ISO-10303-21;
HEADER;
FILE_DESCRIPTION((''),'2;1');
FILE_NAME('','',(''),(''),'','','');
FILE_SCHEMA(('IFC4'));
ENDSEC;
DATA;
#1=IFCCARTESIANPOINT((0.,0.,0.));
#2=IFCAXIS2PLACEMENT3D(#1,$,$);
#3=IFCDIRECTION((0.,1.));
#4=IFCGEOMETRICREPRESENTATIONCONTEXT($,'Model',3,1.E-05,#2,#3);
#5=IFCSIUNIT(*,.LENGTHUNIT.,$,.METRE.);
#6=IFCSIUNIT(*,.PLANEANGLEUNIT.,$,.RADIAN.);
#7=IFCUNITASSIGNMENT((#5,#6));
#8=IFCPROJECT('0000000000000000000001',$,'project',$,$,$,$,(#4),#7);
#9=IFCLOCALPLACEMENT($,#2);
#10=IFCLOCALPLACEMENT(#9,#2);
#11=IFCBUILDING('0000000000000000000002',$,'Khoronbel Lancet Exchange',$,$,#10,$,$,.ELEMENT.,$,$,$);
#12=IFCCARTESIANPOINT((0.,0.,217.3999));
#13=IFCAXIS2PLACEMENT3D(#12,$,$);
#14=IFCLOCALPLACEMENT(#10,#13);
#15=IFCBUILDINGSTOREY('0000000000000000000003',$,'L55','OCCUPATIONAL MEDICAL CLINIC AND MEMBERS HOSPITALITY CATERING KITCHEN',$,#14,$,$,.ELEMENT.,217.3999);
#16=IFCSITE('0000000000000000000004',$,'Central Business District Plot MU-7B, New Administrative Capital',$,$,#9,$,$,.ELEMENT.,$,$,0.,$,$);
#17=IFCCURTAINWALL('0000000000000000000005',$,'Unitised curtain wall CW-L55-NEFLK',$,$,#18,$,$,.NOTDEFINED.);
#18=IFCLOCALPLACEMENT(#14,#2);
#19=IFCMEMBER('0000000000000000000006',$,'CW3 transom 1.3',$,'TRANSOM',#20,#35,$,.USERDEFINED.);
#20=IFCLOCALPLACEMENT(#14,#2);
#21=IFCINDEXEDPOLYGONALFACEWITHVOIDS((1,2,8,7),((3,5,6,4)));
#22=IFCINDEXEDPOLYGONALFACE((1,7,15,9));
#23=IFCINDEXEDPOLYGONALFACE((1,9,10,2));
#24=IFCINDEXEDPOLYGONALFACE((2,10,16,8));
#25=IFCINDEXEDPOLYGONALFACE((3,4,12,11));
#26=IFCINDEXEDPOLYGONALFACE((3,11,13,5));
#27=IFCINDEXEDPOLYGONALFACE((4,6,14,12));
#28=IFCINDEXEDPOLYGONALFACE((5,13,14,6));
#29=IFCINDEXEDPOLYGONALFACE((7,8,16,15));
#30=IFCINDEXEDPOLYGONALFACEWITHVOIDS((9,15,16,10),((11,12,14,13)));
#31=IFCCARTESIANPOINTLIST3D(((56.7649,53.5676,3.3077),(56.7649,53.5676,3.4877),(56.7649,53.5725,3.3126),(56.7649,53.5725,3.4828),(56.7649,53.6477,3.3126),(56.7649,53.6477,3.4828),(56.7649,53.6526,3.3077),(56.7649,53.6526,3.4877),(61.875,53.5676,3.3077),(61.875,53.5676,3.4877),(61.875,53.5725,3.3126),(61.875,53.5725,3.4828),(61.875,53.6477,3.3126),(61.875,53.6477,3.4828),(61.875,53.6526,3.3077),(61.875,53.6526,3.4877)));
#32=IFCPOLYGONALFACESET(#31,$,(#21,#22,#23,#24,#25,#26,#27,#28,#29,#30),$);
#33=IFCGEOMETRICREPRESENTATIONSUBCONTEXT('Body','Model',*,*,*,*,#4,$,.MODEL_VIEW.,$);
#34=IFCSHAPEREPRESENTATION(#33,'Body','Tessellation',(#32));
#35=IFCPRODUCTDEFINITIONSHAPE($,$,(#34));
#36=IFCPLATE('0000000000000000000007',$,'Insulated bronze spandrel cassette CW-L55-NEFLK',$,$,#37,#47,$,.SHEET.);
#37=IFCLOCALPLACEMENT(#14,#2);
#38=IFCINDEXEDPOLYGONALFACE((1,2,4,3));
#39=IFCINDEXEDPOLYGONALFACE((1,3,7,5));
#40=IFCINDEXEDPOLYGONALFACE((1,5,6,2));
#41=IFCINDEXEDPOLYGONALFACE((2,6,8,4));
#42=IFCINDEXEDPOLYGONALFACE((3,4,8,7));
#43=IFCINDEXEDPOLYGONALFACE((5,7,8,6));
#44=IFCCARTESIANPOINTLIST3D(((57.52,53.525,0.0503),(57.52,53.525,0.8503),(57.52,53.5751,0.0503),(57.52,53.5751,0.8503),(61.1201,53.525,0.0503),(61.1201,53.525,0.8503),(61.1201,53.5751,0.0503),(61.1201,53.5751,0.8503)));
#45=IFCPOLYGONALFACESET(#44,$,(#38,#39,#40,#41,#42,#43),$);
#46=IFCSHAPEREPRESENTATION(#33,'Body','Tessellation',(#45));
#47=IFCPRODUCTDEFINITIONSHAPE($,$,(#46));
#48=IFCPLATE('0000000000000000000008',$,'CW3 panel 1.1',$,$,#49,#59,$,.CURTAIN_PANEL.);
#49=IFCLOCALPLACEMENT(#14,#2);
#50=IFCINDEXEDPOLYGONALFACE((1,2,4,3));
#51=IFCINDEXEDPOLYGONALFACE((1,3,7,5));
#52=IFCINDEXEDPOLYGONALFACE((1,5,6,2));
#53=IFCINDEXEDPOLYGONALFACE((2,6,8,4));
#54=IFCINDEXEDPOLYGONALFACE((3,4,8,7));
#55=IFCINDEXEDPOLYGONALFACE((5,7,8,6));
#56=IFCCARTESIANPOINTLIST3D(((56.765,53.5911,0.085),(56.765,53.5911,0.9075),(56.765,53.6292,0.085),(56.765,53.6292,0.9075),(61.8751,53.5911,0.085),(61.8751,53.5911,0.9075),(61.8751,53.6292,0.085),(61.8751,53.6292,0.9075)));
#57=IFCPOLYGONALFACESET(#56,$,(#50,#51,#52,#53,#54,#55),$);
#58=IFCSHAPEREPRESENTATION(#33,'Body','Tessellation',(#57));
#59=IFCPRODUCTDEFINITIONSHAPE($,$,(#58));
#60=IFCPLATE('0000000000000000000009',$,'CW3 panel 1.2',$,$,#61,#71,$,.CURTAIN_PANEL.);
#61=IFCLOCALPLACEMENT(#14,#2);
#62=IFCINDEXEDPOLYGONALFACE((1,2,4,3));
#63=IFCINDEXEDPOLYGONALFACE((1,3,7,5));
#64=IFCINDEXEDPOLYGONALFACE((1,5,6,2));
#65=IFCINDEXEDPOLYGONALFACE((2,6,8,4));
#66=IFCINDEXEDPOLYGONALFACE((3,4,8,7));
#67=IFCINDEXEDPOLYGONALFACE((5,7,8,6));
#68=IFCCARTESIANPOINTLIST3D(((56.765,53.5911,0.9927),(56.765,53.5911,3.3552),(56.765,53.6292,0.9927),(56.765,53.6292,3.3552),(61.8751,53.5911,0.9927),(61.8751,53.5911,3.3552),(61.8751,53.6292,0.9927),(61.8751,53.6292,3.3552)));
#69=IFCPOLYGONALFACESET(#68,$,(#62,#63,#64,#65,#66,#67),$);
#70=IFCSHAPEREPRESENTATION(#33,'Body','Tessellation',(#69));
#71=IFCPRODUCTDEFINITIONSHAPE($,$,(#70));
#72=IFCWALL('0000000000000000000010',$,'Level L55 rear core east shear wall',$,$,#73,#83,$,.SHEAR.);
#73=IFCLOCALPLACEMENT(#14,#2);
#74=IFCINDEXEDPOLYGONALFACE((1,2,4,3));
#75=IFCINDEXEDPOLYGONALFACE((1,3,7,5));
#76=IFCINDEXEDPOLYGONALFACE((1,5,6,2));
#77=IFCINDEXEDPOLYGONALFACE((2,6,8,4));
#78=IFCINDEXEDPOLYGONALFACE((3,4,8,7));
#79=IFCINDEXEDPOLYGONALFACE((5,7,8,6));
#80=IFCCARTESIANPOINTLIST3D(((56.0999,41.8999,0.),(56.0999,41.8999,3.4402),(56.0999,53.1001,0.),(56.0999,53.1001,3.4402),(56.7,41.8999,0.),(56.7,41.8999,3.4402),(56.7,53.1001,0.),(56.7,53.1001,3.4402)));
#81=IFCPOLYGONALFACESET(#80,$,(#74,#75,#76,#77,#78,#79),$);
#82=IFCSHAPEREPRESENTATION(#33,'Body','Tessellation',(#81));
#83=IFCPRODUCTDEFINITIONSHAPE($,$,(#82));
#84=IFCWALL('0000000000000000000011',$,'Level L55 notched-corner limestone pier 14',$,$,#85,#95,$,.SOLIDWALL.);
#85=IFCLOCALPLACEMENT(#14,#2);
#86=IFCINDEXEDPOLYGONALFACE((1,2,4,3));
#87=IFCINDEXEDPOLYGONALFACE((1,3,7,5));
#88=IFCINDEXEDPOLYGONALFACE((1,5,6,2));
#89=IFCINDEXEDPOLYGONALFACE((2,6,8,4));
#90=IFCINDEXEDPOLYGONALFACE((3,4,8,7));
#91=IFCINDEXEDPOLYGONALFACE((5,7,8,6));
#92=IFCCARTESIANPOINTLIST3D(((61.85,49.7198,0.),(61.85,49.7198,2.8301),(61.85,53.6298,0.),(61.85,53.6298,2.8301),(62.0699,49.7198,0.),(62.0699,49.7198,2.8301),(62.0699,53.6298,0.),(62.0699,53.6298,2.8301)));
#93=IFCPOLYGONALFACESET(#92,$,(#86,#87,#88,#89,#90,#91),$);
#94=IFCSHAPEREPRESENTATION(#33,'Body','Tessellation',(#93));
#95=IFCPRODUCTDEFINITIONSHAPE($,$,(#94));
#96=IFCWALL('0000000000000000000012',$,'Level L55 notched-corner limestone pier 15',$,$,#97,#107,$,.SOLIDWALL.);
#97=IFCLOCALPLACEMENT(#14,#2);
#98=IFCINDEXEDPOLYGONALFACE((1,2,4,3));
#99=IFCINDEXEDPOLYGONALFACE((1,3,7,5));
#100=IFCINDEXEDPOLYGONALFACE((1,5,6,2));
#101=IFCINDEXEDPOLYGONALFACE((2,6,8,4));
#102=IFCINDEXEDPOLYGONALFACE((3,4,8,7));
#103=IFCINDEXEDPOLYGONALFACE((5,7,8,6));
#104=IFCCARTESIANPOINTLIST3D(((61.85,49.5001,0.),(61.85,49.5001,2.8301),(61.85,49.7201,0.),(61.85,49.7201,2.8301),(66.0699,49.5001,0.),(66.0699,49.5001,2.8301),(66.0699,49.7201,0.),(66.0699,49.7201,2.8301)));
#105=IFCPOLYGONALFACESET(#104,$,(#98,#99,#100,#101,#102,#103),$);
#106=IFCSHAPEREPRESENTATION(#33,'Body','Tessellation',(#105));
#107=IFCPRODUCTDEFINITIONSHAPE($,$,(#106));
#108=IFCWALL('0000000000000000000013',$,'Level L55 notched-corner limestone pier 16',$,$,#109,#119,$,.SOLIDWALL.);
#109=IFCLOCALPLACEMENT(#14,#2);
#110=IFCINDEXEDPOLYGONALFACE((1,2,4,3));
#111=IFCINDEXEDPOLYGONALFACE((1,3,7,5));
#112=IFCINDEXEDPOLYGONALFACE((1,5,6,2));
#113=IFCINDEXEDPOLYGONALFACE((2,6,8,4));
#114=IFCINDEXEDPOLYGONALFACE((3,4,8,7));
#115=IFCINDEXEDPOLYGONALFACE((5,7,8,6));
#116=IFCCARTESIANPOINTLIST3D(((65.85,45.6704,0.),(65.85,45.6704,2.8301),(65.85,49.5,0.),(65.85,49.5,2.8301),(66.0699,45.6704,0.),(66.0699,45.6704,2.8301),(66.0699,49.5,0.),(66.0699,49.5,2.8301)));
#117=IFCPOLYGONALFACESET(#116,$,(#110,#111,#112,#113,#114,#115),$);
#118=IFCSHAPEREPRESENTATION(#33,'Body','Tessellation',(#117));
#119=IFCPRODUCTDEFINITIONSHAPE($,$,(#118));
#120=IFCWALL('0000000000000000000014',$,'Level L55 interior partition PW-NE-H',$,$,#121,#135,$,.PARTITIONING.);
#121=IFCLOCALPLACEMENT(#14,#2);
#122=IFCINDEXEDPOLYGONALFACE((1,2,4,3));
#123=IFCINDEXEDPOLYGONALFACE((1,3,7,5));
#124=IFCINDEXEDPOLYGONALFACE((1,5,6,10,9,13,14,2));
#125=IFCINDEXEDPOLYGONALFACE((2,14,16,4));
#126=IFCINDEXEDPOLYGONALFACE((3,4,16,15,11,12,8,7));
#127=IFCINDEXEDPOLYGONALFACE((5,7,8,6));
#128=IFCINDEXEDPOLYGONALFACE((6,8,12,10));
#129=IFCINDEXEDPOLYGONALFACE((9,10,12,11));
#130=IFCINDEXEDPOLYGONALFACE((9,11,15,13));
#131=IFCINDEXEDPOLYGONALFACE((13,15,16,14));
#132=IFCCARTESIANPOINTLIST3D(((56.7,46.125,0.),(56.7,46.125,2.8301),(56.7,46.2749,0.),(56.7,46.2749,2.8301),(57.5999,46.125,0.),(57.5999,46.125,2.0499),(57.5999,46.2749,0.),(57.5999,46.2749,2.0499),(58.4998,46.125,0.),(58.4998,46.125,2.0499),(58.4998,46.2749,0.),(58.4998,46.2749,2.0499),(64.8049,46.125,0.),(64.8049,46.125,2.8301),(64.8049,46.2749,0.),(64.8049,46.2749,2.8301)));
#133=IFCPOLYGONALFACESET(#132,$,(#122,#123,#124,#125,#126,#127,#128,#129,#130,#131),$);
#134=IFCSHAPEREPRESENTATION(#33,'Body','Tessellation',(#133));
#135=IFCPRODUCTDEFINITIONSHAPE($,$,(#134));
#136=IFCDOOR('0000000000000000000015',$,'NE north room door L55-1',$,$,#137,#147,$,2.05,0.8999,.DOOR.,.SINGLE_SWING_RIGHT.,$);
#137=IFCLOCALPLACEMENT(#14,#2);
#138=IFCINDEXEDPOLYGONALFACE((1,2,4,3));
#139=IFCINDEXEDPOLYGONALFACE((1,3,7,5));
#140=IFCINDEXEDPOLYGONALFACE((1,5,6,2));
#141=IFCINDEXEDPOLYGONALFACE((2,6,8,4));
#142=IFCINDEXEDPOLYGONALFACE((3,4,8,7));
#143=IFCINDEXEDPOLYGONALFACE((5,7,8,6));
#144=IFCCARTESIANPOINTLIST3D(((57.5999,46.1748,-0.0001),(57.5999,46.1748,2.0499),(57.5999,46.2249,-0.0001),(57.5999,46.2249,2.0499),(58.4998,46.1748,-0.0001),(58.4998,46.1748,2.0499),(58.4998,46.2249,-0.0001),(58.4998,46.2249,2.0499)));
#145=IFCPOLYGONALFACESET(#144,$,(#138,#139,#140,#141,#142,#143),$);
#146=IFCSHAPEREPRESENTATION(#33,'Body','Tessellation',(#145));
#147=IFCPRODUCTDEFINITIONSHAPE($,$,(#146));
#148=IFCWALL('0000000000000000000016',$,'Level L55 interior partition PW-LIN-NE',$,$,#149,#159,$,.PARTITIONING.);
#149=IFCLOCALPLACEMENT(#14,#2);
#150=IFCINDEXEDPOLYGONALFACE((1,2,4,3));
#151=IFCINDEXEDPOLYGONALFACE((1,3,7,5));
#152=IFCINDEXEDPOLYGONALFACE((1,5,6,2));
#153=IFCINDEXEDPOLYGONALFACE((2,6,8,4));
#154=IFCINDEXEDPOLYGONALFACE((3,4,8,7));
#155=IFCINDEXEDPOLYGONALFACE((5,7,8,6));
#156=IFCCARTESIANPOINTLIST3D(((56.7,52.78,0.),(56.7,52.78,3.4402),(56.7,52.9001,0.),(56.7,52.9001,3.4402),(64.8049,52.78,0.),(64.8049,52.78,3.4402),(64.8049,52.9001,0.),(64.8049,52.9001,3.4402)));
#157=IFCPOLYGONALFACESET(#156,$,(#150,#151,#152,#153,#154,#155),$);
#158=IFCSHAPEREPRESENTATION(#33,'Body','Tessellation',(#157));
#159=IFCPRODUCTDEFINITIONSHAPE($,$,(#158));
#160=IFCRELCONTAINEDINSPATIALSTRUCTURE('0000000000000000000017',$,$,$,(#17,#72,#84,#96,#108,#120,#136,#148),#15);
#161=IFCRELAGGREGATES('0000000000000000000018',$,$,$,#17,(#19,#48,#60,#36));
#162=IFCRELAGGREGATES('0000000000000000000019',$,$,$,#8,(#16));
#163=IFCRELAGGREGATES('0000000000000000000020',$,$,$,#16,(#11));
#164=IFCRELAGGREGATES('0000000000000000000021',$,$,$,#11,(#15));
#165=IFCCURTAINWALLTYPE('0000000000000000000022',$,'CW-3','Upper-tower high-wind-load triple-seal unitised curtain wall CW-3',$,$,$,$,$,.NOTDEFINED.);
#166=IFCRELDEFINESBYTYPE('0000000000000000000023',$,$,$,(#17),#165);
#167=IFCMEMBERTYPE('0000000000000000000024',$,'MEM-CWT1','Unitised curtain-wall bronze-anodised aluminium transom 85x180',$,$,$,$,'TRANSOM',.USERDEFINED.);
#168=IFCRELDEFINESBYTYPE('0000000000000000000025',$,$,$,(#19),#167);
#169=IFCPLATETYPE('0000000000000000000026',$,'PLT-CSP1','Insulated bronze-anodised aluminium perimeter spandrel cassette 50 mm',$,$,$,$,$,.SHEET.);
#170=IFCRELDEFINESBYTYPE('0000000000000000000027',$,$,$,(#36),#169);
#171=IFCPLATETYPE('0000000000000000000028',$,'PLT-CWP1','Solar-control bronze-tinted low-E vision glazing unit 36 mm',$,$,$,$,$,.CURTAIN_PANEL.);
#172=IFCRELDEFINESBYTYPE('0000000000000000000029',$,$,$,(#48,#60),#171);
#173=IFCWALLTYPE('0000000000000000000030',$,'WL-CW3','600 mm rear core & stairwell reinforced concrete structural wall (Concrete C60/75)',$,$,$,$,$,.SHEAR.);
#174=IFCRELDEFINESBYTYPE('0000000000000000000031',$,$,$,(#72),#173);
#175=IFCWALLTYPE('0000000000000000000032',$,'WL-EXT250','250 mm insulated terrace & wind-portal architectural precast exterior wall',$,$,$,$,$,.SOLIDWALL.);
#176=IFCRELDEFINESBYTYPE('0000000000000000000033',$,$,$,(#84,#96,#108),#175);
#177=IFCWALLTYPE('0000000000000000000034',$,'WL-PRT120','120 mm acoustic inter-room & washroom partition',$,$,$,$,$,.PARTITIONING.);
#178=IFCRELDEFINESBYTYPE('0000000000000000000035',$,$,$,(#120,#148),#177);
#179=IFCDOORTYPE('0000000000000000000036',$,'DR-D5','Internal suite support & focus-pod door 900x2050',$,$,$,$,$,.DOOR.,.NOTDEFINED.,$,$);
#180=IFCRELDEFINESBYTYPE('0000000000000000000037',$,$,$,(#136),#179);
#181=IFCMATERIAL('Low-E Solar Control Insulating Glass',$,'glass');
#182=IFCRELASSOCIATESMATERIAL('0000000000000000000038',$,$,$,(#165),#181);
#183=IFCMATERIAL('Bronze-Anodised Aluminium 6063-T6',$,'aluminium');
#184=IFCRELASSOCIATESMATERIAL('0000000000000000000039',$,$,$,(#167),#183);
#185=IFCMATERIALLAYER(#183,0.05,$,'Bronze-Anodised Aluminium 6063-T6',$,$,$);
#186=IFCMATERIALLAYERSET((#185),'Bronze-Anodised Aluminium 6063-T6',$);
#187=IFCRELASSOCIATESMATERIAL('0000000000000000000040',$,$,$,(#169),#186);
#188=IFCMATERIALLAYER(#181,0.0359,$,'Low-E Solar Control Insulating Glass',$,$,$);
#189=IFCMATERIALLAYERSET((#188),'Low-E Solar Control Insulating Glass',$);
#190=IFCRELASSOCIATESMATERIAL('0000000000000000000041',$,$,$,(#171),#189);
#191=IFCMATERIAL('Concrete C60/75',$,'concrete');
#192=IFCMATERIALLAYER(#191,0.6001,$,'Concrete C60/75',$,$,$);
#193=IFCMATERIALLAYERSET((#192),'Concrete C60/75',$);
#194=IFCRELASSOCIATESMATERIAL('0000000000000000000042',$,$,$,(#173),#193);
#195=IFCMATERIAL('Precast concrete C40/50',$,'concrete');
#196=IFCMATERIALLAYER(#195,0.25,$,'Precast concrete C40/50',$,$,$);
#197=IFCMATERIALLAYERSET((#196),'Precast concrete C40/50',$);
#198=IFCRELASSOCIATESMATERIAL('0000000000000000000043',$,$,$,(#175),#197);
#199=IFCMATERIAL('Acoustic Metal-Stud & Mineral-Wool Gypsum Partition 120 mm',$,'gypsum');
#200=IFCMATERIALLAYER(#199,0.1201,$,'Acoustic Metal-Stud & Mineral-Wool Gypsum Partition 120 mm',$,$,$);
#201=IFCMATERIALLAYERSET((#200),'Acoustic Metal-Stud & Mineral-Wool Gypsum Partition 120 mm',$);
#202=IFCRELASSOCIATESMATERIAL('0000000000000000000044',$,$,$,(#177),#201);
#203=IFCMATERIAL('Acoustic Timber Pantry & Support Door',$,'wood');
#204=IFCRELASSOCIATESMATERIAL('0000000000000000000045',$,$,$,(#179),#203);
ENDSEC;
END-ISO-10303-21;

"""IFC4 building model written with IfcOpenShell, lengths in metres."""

from ifc_helpers import new_model, si_unit, direction, frame, frame_2d, origin, origin_2d, place, context, subcontext, project, spatial, rectangle, hollow_rectangle, extrude, material, layer, layer_set, material_profile, profile_set, type_object, element, fill, aggregate, save


model = new_model("IFC4")

# Units and contexts
model_context = context("Model", 3, precision=1e-05, world=origin(), true_north=direction((0.0, 1.0)))
body_context = subcontext(model_context, "Body", "Model", "MODEL_VIEW")
ifc_project = project(units=[si_unit("LENGTHUNIT", "METRE"), si_unit("PLANEANGLEUNIT", "RADIAN")], contexts=[model_context])

# Site, building, storey
site_placement = place(None, origin())
site = spatial("IfcSite", under=ifc_project, at=site_placement, Name="Central Business District Plot MU-7B, New Administrative Capital", CompositionType="ELEMENT", RefElevation=0.0)
building_placement = place(site_placement, origin())
building = spatial("IfcBuilding", under=site, at=building_placement, Name="Khoronbel Lancet Exchange", CompositionType="ELEMENT")
storey_placement = place(building_placement, frame((0.0, 0.0, 217.3999)))
storey = spatial("IfcBuildingStorey", under=building, at=storey_placement, Name="L55", Description="OCCUPATIONAL MEDICAL CLINIC AND MEMBERS HOSPITALITY CATERING KITCHEN", CompositionType="ELEMENT", Elevation=217.3999)

# Curtain wall, member, plates
ifc_material_1 = material(Name="Low-E Solar Control Insulating Glass", Category="glass")
curtain_wall_type = type_object("IfcCurtainWallType", Name="CW-3", Description="Upper-tower high-wind-load triple-seal unitised curtain wall CW-3", PredefinedType="NOTDEFINED", material=ifc_material_1)
curtain_wall_placement = place(storey_placement, origin())
curtain_wall = element("IfcCurtainWall", 1, at=curtain_wall_placement, inside=storey, type_object=curtain_wall_type, Name="Unitised curtain wall CW-L55-NEFLK", PredefinedType="NOTDEFINED")
ifc_material_2 = material(Name="Bronze-Anodised Aluminium 6063-T6", Category="aluminium")
ifc_material_profile_1 = material_profile(ifc_material_2, hollow_rectangle(XDim=0.085, YDim=0.1799, WallThickness=0.0049, at=origin_2d()), Name="ALU TRANSOM 85x180")
ifc_profile_set_1 = profile_set([ifc_material_profile_1], Name="Bronze-Anodised Aluminium 6063-T6")
member_type_1 = type_object("IfcMemberType", Name="MEM-CWT1", Description="Unitised curtain-wall bronze-anodised aluminium transom 85x180", ElementType="TRANSOM", PredefinedType="USERDEFINED", material=ifc_profile_set_1)
member_1_placement = place(storey_placement, frame((61.875, 53.6101, 3.3977), z_axis=(-1.0, 0.0, 0.0), x_axis=(0.0, -1.0, 0.0)))
member_1 = element("IfcMember", 2, at=member_1_placement, type_object=member_type_1, Name="CW3 transom 1.3", ObjectType="TRANSOM", PredefinedType="USERDEFINED", context=body_context, shape_type="SweptSolid", body=[
    extrude(hollow_rectangle(XDim=0.085, YDim=0.1799, WallThickness=0.0049, at=origin_2d()), origin(), (0.0, 0.0, 1.0), 5.1101),
])
ifc_layer_1 = layer(ifc_material_2, 0.05, Name="Bronze-Anodised Aluminium 6063-T6")
ifc_layer_set_1 = layer_set([ifc_layer_1], Name="Bronze-Anodised Aluminium 6063-T6")
plate_type_1 = type_object("IfcPlateType", Name="PLT-CSP1", Description="Insulated bronze-anodised aluminium perimeter spandrel cassette 50 mm", PredefinedType="SHEET", material=ifc_layer_set_1)
plate_1_placement = place(storey_placement, frame((59.3201, 53.55, 0.0503), z_axis=(0.0, 0.0, 1.0), x_axis=(-1.0, 0.0, 0.0)))
plate_1 = element("IfcPlate", 3, at=plate_1_placement, type_object=plate_type_1, Name="Insulated bronze spandrel cassette CW-L55-NEFLK", PredefinedType="SHEET", context=body_context, shape_type="SweptSolid", body=[
    extrude(rectangle(XDim=3.6001, YDim=0.05, at=origin_2d()), origin(), (0.0, 0.0, 1.0), 0.8),
])
ifc_layer_2 = layer(ifc_material_1, 0.0359, Name="Low-E Solar Control Insulating Glass")
ifc_layer_set_2 = layer_set([ifc_layer_2], Name="Low-E Solar Control Insulating Glass")
plate_type_2 = type_object("IfcPlateType", Name="PLT-CWP1", Description="Solar-control bronze-tinted low-E vision glazing unit 36 mm", PredefinedType="CURTAIN_PANEL", material=ifc_layer_set_2)
plate_2_placement = place(storey_placement, frame((59.3201, 53.6101, 0.085), z_axis=(0.0, 0.0, 1.0), x_axis=(-1.0, 0.0, 0.0)))
plate_2 = element("IfcPlate", 4, at=plate_2_placement, type_object=plate_type_2, Name="CW3 panel 1.1", PredefinedType="CURTAIN_PANEL", context=body_context, shape_type="SweptSolid", body=[
    extrude(rectangle(XDim=5.1101, YDim=0.0381, at=origin_2d()), origin(), (0.0, 0.0, 1.0), 0.8225),
])
plate_3_placement = place(storey_placement, frame((59.3201, 53.6101, 0.9927), z_axis=(0.0, 0.0, 1.0), x_axis=(-1.0, 0.0, 0.0)))
plate_3 = element("IfcPlate", 5, at=plate_3_placement, type_object=plate_type_2, Name="CW3 panel 1.2", PredefinedType="CURTAIN_PANEL", context=body_context, shape_type="SweptSolid", body=[
    extrude(rectangle(XDim=5.1101, YDim=0.0381, at=origin_2d()), origin(), (0.0, 0.0, 1.0), 2.3625),
])
aggregate(curtain_wall, [member_1, plate_2, plate_3, plate_1])

# Walls
ifc_material_3 = material(Name="Concrete C60/75", Category="concrete")
ifc_layer_3 = layer(ifc_material_3, 0.6001, Name="Concrete C60/75")
ifc_layer_set_3 = layer_set([ifc_layer_3], Name="Concrete C60/75")
wall_type_1 = type_object("IfcWallType", Name="WL-CW3", Description="600 mm rear core & stairwell reinforced concrete structural wall (Concrete C60/75)", PredefinedType="SHEAR", material=ifc_layer_set_3)
wall_1_placement = place(storey_placement, frame((56.3999, 53.1001, 0.0), z_axis=(0.0, 0.0, 1.0), x_axis=(0.0, -1.0, 0.0)))
element("IfcWall", 6, at=wall_1_placement, inside=storey, type_object=wall_type_1, Name="Level L55 rear core east shear wall", PredefinedType="SHEAR", context=body_context, shape_type="SweptSolid", body=[
    extrude(rectangle(XDim=11.2002, YDim=0.6001, at=frame_2d((5.6001, 0.0))), origin(), (0.0, 0.0, 1.0), 3.4402),
])
ifc_material_4 = material(Name="Precast concrete C40/50", Category="concrete")
ifc_layer_4 = layer(ifc_material_4, 0.25, Name="Precast concrete C40/50")
ifc_layer_set_4 = layer_set([ifc_layer_4], Name="Precast concrete C40/50")
wall_type_2 = type_object("IfcWallType", Name="WL-EXT250", Description="250 mm insulated terrace & wind-portal architectural precast exterior wall", PredefinedType="SOLIDWALL", material=ifc_layer_set_4)
wall_2_placement = place(storey_placement, frame((61.96, 53.6299, 0.0), z_axis=(0.0, 0.0, 1.0), x_axis=(0.0, -1.0, 0.0)))
element("IfcWall", 7, at=wall_2_placement, inside=storey, type_object=wall_type_2, Name="Level L55 notched-corner limestone pier 14", PredefinedType="SOLIDWALL", context=body_context, shape_type="SweptSolid", body=[
    extrude(rectangle(XDim=3.9099, YDim=0.22, at=frame_2d((1.9551, 0.0))), origin(), (0.0, 0.0, 1.0), 2.8301),
])
wall_3_placement = place(storey_placement, frame((61.8501, 49.6101, 0.0), z_axis=(0.0, 0.0, 1.0), x_axis=(1.0, 0.0, 0.0)))
element("IfcWall", 8, at=wall_3_placement, inside=storey, type_object=wall_type_2, Name="Level L55 notched-corner limestone pier 15", PredefinedType="SOLIDWALL", context=body_context, shape_type="SweptSolid", body=[
    extrude(rectangle(XDim=4.22, YDim=0.22, at=frame_2d((2.1099, 0.0))), origin(), (0.0, 0.0, 1.0), 2.8301),
])
wall_4_placement = place(storey_placement, frame((65.96, 49.5, 0.0), z_axis=(0.0, 0.0, 1.0), x_axis=(0.0, -1.0, 0.0)))
element("IfcWall", 9, at=wall_4_placement, inside=storey, type_object=wall_type_2, Name="Level L55 notched-corner limestone pier 16", PredefinedType="SOLIDWALL", context=body_context, shape_type="SweptSolid", body=[
    extrude(rectangle(XDim=3.8296, YDim=0.22, at=frame_2d((1.9148, 0.0))), origin(), (0.0, 0.0, 1.0), 2.8301),
])

# Wall, opening, door
ifc_material_5 = material(Name="Acoustic Metal-Stud & Mineral-Wool Gypsum Partition 120 mm", Category="gypsum")
ifc_layer_5 = layer(ifc_material_5, 0.1201, Name="Acoustic Metal-Stud & Mineral-Wool Gypsum Partition 120 mm")
ifc_layer_set_5 = layer_set([ifc_layer_5], Name="Acoustic Metal-Stud & Mineral-Wool Gypsum Partition 120 mm")
wall_type_3 = type_object("IfcWallType", Name="WL-PRT120", Description="120 mm acoustic inter-room & washroom partition", PredefinedType="PARTITIONING", material=ifc_layer_set_5)
wall_5_placement = place(storey_placement, frame((56.7, 46.2, 0.0), z_axis=(0.0, 0.0, 1.0), x_axis=(1.0, 0.0, 0.0)))
wall_5 = element("IfcWall", 10, at=wall_5_placement, inside=storey, type_object=wall_type_3, Name="Level L55 interior partition PW-NE-H", PredefinedType="PARTITIONING", context=body_context, shape_type="SweptSolid", body=[
    extrude(rectangle(XDim=8.105, YDim=0.1499, at=frame_2d((4.0525, 0.0))), origin(), (0.0, 0.0, 1.0), 2.8301),
])
opening_placement = place(wall_5_placement, frame((0.8999, 0.0, 0.0)))
opening = element("IfcOpeningElement", 11, at=opening_placement, cuts=wall_5, PredefinedType="OPENING", context=body_context, shape_type="SweptSolid", body=[
    extrude(rectangle(XDim=0.8999, YDim=2.05, at=frame_2d((0.45, 1.0249))), frame((0.0, 0.085, 0.0), z_axis=(0.0, -1.0, 0.0), x_axis=(1.0, 0.0, 0.0)), (0.0, 0.0, 1.0), 0.1699),
])
ifc_material_6 = material(Name="Acoustic Timber Pantry & Support Door", Category="wood")
door_type = type_object("IfcDoorType", Name="DR-D5", Description="Internal suite support & focus-pod door 900x2050", OperationType="NOTDEFINED", PredefinedType="DOOR", material=ifc_material_6)
door_placement = place(opening_placement, origin())
door = element("IfcDoor", 12, at=door_placement, inside=storey, type_object=door_type, Name="NE north room door L55-1", OperationType="SINGLE_SWING_RIGHT", OverallHeight=2.05, OverallWidth=0.8999, PredefinedType="DOOR", context=body_context, shape_type="SweptSolid", body=[
    extrude(rectangle(XDim=0.8999, YDim=2.05, at=frame_2d((0.45, 1.0249))), frame((0.0, 0.0249, 0.0), z_axis=(0.0, -1.0, 0.0), x_axis=(1.0, 0.0, 0.0)), (0.0, 0.0, 1.0), 0.05),
])
fill(opening, door)

# Wall
wall_6_placement = place(storey_placement, frame((56.7, 52.8401, 0.0), z_axis=(0.0, 0.0, 1.0), x_axis=(1.0, 0.0, 0.0)))
element("IfcWall", 13, at=wall_6_placement, inside=storey, type_object=wall_type_3, Name="Level L55 interior partition PW-LIN-NE", PredefinedType="PARTITIONING", context=body_context, shape_type="SweptSolid", body=[
    extrude(rectangle(XDim=8.105, YDim=0.1201, at=frame_2d((4.0525, 0.0))), origin(), (0.0, 0.0, 1.0), 3.4402),
])

save(model, "model.ifc")
